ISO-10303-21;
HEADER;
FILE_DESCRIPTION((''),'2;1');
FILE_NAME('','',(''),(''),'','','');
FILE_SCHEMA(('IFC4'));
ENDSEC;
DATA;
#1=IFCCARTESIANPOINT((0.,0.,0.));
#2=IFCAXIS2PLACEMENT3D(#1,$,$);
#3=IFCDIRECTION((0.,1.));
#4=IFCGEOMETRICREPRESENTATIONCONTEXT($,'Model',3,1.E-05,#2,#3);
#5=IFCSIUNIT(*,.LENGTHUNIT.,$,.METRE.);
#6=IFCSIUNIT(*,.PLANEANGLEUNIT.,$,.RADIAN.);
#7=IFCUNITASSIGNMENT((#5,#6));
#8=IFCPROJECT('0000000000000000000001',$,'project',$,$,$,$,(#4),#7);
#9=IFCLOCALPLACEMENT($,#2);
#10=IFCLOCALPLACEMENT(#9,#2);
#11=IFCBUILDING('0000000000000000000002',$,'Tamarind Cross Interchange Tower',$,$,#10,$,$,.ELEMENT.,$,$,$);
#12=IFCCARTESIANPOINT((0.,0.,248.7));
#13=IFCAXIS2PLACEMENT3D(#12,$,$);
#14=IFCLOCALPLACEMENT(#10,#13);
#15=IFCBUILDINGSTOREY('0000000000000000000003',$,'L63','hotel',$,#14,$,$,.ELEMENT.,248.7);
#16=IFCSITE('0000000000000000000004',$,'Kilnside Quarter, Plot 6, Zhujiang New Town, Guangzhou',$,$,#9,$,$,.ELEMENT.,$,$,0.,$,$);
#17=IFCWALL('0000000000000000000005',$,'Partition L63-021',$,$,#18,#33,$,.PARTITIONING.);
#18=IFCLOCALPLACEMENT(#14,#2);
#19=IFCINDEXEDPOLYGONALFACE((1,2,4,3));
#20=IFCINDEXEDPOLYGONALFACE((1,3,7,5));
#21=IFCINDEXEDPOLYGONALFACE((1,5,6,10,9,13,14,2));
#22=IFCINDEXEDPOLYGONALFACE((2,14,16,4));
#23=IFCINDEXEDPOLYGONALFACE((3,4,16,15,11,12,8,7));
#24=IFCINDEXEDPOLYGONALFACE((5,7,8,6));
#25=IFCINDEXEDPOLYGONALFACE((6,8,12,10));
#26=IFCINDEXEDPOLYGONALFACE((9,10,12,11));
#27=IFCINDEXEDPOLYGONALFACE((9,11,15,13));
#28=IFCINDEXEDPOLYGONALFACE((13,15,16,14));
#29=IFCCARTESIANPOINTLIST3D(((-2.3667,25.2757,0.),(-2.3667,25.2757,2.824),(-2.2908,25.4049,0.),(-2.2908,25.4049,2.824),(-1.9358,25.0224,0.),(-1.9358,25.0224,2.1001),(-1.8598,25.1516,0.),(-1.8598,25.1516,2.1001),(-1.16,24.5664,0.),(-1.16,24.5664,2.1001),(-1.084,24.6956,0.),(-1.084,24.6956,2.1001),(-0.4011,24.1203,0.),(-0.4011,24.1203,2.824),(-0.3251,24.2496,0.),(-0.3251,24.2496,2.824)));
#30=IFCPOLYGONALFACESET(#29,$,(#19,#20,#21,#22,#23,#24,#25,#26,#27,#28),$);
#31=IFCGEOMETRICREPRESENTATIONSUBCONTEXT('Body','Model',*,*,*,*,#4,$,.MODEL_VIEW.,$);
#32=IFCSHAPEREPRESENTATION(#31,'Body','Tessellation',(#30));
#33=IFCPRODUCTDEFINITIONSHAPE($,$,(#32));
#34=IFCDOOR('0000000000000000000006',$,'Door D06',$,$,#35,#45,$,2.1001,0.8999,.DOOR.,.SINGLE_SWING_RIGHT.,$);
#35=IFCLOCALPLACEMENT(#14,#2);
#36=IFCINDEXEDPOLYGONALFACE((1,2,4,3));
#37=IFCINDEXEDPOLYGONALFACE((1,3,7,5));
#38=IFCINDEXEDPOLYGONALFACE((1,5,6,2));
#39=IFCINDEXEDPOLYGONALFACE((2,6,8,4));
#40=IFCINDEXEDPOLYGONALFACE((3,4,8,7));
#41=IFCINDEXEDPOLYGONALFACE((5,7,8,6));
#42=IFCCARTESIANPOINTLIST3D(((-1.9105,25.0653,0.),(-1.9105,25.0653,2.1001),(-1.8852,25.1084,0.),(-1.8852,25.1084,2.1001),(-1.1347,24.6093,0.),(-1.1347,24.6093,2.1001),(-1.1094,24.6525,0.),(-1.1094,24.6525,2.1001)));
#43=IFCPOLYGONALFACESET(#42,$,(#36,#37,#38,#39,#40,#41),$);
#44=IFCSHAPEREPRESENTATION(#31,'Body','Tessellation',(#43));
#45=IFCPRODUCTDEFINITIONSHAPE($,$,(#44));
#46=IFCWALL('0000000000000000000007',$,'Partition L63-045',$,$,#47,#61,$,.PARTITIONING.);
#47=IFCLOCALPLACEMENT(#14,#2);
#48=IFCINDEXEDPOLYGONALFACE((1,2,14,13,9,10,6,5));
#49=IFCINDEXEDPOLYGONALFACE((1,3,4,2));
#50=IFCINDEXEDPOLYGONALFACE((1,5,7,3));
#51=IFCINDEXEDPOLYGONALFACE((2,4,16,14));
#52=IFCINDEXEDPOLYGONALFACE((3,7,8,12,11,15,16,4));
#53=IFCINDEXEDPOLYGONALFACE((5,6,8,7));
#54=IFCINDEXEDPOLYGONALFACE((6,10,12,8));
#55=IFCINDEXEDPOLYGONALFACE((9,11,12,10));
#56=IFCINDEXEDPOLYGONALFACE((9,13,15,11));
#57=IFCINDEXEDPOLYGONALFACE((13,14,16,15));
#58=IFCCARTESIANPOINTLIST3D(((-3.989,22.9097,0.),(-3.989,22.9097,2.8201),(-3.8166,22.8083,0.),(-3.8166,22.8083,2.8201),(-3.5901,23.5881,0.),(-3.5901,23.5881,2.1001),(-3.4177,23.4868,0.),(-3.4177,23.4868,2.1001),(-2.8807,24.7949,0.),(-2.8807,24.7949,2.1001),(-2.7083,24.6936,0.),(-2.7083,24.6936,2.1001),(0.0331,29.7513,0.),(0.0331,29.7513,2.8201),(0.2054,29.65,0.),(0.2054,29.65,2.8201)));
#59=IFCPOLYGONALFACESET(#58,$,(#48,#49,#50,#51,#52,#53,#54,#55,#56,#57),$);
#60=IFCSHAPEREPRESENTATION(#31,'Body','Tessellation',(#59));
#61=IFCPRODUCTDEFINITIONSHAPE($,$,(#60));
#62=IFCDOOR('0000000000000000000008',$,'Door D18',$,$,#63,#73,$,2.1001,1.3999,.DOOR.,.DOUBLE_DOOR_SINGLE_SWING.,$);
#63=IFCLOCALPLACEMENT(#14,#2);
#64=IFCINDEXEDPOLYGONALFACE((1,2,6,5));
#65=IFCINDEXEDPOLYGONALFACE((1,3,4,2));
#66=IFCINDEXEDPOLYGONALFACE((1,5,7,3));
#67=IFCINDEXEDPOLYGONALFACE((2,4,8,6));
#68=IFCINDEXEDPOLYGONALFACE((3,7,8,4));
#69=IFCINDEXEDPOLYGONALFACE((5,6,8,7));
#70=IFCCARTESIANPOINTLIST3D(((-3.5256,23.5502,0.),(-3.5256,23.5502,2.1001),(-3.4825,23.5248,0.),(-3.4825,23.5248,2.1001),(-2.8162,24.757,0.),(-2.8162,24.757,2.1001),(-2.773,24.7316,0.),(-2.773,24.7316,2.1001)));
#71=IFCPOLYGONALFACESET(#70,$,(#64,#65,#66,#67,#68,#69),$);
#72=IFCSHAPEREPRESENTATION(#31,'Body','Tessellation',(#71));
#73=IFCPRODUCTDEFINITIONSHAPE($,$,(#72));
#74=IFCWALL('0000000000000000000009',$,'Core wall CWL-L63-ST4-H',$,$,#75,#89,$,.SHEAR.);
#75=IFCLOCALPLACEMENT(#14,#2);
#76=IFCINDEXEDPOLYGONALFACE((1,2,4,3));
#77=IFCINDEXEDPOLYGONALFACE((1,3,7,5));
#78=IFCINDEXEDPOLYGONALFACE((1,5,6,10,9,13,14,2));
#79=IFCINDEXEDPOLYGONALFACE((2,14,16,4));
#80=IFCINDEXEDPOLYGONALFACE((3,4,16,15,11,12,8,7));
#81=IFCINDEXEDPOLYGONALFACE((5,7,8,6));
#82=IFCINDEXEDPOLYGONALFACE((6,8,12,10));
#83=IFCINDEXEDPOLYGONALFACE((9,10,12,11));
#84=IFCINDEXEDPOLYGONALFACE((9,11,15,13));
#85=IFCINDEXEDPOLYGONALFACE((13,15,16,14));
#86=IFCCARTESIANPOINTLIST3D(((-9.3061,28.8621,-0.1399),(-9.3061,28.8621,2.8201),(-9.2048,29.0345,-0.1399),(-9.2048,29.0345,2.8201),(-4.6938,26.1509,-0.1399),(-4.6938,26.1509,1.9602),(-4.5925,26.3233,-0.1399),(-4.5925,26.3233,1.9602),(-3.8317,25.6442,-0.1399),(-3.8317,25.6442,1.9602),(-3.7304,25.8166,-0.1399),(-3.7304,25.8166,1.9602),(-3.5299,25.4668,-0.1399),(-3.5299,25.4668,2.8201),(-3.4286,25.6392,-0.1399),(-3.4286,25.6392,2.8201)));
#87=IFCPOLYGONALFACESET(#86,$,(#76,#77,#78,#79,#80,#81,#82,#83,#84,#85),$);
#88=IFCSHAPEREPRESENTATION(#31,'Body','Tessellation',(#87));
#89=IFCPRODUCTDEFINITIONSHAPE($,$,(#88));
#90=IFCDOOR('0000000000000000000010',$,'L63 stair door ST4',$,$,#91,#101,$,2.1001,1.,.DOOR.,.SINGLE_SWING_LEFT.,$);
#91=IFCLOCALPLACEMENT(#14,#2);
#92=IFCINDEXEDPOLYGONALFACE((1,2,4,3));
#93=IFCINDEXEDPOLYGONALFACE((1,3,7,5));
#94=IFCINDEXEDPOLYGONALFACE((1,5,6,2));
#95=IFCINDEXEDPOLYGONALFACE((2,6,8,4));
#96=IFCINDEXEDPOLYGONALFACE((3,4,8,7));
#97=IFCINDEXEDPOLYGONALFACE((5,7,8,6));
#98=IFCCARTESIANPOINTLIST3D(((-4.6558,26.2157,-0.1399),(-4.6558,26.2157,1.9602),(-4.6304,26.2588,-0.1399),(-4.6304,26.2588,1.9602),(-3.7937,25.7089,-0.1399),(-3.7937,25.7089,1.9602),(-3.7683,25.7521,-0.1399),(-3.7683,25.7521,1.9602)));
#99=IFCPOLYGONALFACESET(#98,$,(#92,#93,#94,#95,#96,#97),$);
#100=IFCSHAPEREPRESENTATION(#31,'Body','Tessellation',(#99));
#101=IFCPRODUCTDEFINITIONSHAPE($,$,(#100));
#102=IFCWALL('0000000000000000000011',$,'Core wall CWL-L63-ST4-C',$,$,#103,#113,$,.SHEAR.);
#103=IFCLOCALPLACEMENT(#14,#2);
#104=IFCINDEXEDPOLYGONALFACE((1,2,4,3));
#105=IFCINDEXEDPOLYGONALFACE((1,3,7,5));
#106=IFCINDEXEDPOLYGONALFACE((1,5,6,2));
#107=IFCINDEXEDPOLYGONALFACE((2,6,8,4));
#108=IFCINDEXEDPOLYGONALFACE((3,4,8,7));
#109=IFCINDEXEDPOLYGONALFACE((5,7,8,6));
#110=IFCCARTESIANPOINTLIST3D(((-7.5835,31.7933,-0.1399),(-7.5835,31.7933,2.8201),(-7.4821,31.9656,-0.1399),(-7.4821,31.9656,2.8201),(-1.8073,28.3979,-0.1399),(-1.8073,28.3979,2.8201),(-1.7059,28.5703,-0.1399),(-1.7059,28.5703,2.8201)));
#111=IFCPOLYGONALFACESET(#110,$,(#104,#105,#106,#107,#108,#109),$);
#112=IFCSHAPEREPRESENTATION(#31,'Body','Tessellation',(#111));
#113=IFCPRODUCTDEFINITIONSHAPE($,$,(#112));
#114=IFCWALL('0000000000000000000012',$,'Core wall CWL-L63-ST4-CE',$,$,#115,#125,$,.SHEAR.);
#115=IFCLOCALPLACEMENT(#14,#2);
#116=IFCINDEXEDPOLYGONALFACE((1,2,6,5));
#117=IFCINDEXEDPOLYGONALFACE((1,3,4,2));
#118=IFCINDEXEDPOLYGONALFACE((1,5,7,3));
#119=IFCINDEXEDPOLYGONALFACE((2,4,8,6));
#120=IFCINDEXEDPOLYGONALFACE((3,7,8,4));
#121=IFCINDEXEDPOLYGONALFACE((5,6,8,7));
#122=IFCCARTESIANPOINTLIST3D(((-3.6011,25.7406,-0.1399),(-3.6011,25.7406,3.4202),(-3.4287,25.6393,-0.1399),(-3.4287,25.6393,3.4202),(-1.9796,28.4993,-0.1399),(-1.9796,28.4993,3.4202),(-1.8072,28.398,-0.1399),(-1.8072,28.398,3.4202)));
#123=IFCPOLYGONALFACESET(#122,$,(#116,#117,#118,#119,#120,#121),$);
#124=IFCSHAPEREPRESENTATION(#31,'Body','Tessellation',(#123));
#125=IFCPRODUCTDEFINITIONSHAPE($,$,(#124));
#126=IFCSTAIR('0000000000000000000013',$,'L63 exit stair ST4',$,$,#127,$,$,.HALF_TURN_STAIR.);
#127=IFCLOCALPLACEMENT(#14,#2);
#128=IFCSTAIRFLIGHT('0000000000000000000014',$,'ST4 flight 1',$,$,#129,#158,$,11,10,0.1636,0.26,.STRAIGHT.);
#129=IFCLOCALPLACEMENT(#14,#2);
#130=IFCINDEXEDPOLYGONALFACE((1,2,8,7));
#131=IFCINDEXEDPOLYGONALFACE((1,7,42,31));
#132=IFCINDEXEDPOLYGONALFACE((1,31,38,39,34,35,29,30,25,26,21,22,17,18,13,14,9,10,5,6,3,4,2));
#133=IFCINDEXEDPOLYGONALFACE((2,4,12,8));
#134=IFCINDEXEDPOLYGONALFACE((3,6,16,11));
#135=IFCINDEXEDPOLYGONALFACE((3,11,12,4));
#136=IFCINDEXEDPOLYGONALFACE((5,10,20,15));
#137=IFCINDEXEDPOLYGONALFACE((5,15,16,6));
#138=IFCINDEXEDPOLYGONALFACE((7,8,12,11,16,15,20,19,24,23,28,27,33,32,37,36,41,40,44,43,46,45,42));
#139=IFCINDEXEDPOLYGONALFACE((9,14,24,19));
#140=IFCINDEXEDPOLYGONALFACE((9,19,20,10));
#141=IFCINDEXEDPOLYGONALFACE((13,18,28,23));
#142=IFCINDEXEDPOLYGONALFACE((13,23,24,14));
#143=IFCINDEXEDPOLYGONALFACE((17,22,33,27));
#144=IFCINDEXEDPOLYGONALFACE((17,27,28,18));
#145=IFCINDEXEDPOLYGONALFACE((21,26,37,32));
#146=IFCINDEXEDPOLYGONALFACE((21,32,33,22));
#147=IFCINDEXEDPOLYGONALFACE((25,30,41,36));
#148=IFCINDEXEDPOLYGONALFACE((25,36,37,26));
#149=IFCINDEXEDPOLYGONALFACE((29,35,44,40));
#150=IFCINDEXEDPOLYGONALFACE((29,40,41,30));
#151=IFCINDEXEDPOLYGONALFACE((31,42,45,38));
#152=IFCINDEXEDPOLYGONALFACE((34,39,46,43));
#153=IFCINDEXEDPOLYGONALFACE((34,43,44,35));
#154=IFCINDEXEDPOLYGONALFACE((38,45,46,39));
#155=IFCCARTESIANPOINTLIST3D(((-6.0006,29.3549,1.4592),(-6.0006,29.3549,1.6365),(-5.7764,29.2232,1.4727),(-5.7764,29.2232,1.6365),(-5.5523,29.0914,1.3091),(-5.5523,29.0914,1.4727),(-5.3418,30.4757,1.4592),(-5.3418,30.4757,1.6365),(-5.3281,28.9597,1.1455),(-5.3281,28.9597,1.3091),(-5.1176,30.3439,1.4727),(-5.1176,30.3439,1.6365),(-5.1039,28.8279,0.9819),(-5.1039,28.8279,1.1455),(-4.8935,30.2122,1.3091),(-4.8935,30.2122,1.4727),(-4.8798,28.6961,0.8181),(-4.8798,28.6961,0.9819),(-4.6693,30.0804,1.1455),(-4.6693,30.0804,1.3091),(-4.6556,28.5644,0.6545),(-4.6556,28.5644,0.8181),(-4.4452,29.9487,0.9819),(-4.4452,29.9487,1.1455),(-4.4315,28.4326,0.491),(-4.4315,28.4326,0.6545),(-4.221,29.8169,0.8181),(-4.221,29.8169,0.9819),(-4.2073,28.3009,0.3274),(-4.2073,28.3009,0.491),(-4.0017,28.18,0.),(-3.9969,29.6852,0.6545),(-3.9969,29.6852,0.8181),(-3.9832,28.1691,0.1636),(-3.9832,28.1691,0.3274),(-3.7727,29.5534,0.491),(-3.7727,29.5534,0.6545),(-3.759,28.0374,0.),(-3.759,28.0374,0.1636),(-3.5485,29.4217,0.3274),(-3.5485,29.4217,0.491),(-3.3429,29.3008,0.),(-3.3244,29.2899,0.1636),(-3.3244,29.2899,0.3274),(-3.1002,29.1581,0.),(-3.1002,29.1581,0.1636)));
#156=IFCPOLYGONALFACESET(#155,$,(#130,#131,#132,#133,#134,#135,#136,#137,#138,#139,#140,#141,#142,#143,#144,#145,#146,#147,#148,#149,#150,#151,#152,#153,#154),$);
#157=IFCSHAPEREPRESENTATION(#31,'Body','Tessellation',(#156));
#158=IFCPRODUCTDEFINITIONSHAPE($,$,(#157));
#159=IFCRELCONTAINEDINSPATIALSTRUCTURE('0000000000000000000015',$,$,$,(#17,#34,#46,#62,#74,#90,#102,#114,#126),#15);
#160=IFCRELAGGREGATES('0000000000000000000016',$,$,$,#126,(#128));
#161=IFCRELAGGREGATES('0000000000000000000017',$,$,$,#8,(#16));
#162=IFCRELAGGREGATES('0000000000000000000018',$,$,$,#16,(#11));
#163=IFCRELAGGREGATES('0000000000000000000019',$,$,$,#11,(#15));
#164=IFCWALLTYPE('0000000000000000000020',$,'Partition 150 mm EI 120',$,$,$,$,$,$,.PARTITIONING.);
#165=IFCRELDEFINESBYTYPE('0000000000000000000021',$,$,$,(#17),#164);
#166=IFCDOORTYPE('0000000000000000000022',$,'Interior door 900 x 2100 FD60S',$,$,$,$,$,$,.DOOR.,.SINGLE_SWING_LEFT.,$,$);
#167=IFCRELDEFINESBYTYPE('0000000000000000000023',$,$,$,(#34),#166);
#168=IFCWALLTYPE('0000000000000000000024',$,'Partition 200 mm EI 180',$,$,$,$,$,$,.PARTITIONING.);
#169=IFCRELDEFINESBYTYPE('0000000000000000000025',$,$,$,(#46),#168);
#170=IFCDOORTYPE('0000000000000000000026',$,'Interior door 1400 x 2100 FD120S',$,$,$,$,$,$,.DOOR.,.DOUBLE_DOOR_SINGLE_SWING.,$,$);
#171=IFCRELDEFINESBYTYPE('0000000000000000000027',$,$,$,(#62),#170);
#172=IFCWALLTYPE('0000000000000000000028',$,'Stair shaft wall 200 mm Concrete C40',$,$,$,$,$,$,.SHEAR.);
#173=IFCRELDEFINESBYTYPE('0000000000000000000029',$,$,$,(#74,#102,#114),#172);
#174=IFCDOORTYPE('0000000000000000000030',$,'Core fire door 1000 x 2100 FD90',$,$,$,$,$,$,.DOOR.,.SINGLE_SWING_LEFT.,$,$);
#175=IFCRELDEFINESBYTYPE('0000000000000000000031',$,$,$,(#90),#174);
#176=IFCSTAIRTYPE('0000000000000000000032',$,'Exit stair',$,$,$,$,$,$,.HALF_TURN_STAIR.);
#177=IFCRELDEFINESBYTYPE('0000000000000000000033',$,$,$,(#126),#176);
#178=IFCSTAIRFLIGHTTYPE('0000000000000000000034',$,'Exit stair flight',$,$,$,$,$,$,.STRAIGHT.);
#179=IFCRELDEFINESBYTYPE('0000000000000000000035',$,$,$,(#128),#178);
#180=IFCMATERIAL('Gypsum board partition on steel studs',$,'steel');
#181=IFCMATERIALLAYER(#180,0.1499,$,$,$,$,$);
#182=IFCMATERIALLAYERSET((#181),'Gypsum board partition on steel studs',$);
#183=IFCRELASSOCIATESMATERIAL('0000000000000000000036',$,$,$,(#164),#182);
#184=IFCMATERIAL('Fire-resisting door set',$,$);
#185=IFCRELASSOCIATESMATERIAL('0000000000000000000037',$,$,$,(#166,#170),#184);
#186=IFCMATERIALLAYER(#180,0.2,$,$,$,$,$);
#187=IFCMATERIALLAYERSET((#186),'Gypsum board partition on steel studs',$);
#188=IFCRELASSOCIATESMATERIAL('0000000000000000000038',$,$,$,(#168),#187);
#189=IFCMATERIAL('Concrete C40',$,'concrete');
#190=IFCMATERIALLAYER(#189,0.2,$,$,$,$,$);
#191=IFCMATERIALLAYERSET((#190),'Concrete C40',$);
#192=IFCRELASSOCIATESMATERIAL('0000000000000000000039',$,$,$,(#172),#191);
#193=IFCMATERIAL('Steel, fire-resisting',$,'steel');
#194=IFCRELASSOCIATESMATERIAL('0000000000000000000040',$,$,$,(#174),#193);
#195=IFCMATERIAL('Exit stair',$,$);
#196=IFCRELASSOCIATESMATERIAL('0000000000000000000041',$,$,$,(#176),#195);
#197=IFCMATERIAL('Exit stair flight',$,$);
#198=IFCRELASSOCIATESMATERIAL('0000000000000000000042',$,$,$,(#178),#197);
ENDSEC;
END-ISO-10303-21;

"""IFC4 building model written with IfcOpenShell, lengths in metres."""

from ifc_helpers import new_model, si_unit, direction, frame, frame_2d, origin, place, context, subcontext, project, spatial, polyline, rectangle, outline, extrude, material, layer, layer_set, type_object, element, fill, aggregate, save


model = new_model("IFC4")

# Units and contexts
model_context = context("Model", 3, precision=1e-05, world=origin(), true_north=direction((0.0, 1.0)))
body_context = subcontext(model_context, "Body", "Model", "MODEL_VIEW")
ifc_project = project(units=[si_unit("LENGTHUNIT", "METRE"), si_unit("PLANEANGLEUNIT", "RADIAN")], contexts=[model_context])

# Site, building, storey
site_placement = place(None, origin())
site = spatial("IfcSite", under=ifc_project, at=site_placement, Name="Kilnside Quarter, Plot 6, Zhujiang New Town, Guangzhou", CompositionType="ELEMENT", RefElevation=0.0)
building_placement = place(site_placement, origin())
building = spatial("IfcBuilding", under=site, at=building_placement, Name="Tamarind Cross Interchange Tower", CompositionType="ELEMENT")
storey_placement = place(building_placement, frame((0.0, 0.0, 248.7)))
storey = spatial("IfcBuildingStorey", under=building, at=storey_placement, Name="L63", Description="hotel", CompositionType="ELEMENT", Elevation=248.7)

# Shared definitions
ifc_material_1 = material(Name="Gypsum board partition on steel studs", Category="steel")
ifc_layer_1 = layer(ifc_material_1, 0.1499)
ifc_layer_set_1 = layer_set([ifc_layer_1], Name="Gypsum board partition on steel studs")
wall_type_1 = type_object("IfcWallType", Name="Partition 150 mm EI 120", PredefinedType="PARTITIONING", material=ifc_layer_set_1)

# Walls, openings, doors
wall_1_placement = place(storey_placement, frame((-2.3289, 25.3403, 0.0), z_axis=(0.0, 0.0, 1.0), x_axis=(0.862116, -0.506711, 0.0)))
wall_1 = element("IfcWall", 1, at=wall_1_placement, inside=storey, type_object=wall_type_1, Name="Partition L63-021", PredefinedType="PARTITIONING", context=body_context, shape_type="SweptSolid", body=[
    extrude(rectangle(XDim=2.28, YDim=0.1499, at=frame_2d((1.1401, 0.0))), origin(), (0.0, 0.0, 1.0), 2.824),
])
opening_1_placement = place(wall_1_placement, frame((0.5, 0.0, 0.0)))
opening_1 = element("IfcOpeningElement", 2, at=opening_1_placement, cuts=wall_1, PredefinedType="OPENING", context=body_context, shape_type="SweptSolid", body=[
    extrude(rectangle(XDim=0.8999, YDim=2.1001, at=frame_2d((0.45, 1.05))), frame((0.0, 0.085, 0.0), z_axis=(0.0, -1.0, 0.0), x_axis=(1.0, 0.0, 0.0)), (0.0, 0.0, 1.0), 0.1699),
])
ifc_material_2 = material(Name="Fire-resisting door set")
door_type_1 = type_object("IfcDoorType", Name="Interior door 900 x 2100 FD60S", OperationType="SINGLE_SWING_LEFT", PredefinedType="DOOR", material=ifc_material_2)
door_1_placement = place(opening_1_placement, origin())
door_1 = element("IfcDoor", 3, at=door_1_placement, inside=storey, type_object=door_type_1, Name="Door D06", OperationType="SINGLE_SWING_RIGHT", OverallHeight=2.1001, OverallWidth=0.8999, PredefinedType="DOOR", context=body_context, shape_type="SweptSolid", body=[
    extrude(rectangle(XDim=0.8999, YDim=2.1001, at=frame_2d((0.45, 1.05))), frame((0.0, 0.0249, 0.0), z_axis=(0.0, -1.0, 0.0), x_axis=(1.0, 0.0, 0.0)), (0.0, 0.0, 1.0), 0.05),
])
fill(opening_1, door_1)
ifc_layer_2 = layer(ifc_material_1, 0.2)
ifc_layer_set_2 = layer_set([ifc_layer_2], Name="Gypsum board partition on steel studs")
wall_type_2 = type_object("IfcWallType", Name="Partition 200 mm EI 180", PredefinedType="PARTITIONING", material=ifc_layer_set_2)
wall_2_placement = place(storey_placement, frame((-3.9028, 22.8589, 0.0), z_axis=(0.0, 0.0, 1.0), x_axis=(0.506789, 0.86207, 0.0)))
wall_2 = element("IfcWall", 4, at=wall_2_placement, inside=storey, type_object=wall_type_2, Name="Partition L63-045", PredefinedType="PARTITIONING", context=body_context, shape_type="SweptSolid", body=[
    extrude(rectangle(XDim=7.9363, YDim=0.2, at=frame_2d((3.9683, 0.0))), origin(), (0.0, 0.0, 1.0), 2.8201),
])
opening_2_placement = place(wall_2_placement, frame((0.7871, 0.0, 0.0)))
opening_2 = element("IfcOpeningElement", 5, at=opening_2_placement, cuts=wall_2, PredefinedType="OPENING", context=body_context, shape_type="SweptSolid", body=[
    extrude(rectangle(XDim=1.3999, YDim=2.1001, at=frame_2d((0.7, 1.05))), frame((0.0, 0.1099, 0.0), z_axis=(0.0, -1.0, 0.0), x_axis=(1.0, 0.0, 0.0)), (0.0, 0.0, 1.0), 0.22),
])
door_type_2 = type_object("IfcDoorType", Name="Interior door 1400 x 2100 FD120S", OperationType="DOUBLE_DOOR_SINGLE_SWING", PredefinedType="DOOR", material=ifc_material_2)
door_2_placement = place(opening_2_placement, frame((1.3999, 0.0, 0.0), z_axis=(0.0, 0.0, 1.0), x_axis=(-1.0, 0.0, 0.0)))
door_2 = element("IfcDoor", 6, at=door_2_placement, inside=storey, type_object=door_type_2, Name="Door D18", OperationType="DOUBLE_DOOR_SINGLE_SWING", OverallHeight=2.1001, OverallWidth=1.3999, PredefinedType="DOOR", context=body_context, shape_type="SweptSolid", body=[
    extrude(rectangle(XDim=1.3999, YDim=2.1001, at=frame_2d((0.7, 1.05))), frame((0.0, 0.0249, 0.0), z_axis=(0.0, -1.0, 0.0), x_axis=(1.0, 0.0, 0.0)), (0.0, 0.0, 1.0), 0.05),
])
fill(opening_2, door_2)
ifc_material_3 = material(Name="Concrete C40", Category="concrete")
ifc_layer_3 = layer(ifc_material_3, 0.2)
ifc_layer_set_3 = layer_set([ifc_layer_3], Name="Concrete C40")
wall_type_3 = type_object("IfcWallType", Name="Stair shaft wall 200 mm Concrete C40", PredefinedType="SHEAR", material=ifc_layer_set_3)
wall_3_placement = place(storey_placement, frame((-3.4792, 25.553, -0.1399), z_axis=(0.0, 0.0, 1.0), x_axis=(-0.862094, 0.506748, 0.0)))
wall_3 = element("IfcWall", 7, at=wall_3_placement, inside=storey, type_object=wall_type_3, Name="Core wall CWL-L63-ST4-H", PredefinedType="SHEAR", context=body_context, shape_type="SweptSolid", body=[
    extrude(rectangle(XDim=6.7002, YDim=0.2, at=frame_2d((3.3501, 0.0))), origin(), (0.0, 0.0, 1.0), 2.96),
])
opening_3_placement = place(wall_3_placement, frame((0.3501, 0.0, 0.0)))
opening_3 = element("IfcOpeningElement", 8, at=opening_3_placement, cuts=wall_3, PredefinedType="OPENING", context=body_context, shape_type="SweptSolid", body=[
    extrude(rectangle(XDim=1.0, YDim=2.1001, at=frame_2d((0.5, 1.05))), frame((0.0, 0.1099, 0.0), z_axis=(0.0, -1.0, 0.0), x_axis=(1.0, 0.0, 0.0)), (0.0, 0.0, 1.0), 0.22),
])
ifc_material_4 = material(Name="Steel, fire-resisting", Category="steel")
door_type_3 = type_object("IfcDoorType", Name="Core fire door 1000 x 2100 FD90", OperationType="SINGLE_SWING_LEFT", PredefinedType="DOOR", material=ifc_material_4)
door_3_placement = place(opening_3_placement, origin())
door_3 = element("IfcDoor", 9, at=door_3_placement, inside=storey, type_object=door_type_3, Name="L63 stair door ST4", OperationType="SINGLE_SWING_LEFT", OverallHeight=2.1001, OverallWidth=1.0, PredefinedType="DOOR", context=body_context, shape_type="SweptSolid", body=[
    extrude(rectangle(XDim=1.0, YDim=2.1001, at=frame_2d((0.5, 1.05))), frame((0.0, 0.0249, 0.0), z_axis=(0.0, -1.0, 0.0), x_axis=(1.0, 0.0, 0.0)), (0.0, 0.0, 1.0), 0.05),
])
fill(opening_3, door_3)

# Walls
wall_4_placement = place(storey_placement, frame((-1.7566, 28.4841, -0.1399), z_axis=(0.0, 0.0, 1.0), x_axis=(-0.862094, 0.506748, 0.0)))
element("IfcWall", 10, at=wall_4_placement, inside=storey, type_object=wall_type_3, Name="Core wall CWL-L63-ST4-C", PredefinedType="SHEAR", context=body_context, shape_type="SweptSolid", body=[
    extrude(rectangle(XDim=6.7002, YDim=0.2, at=frame_2d((3.3501, 0.0))), origin(), (0.0, 0.0, 1.0), 2.96),
])
wall_5_placement = place(storey_placement, frame((-1.8933, 28.4487, -0.1399), z_axis=(0.0, 0.0, 1.0), x_axis=(-0.506733, -0.862103, 0.0)))
element("IfcWall", 11, at=wall_5_placement, inside=storey, type_object=wall_type_3, Name="Core wall CWL-L63-ST4-CE", PredefinedType="SHEAR", context=body_context, shape_type="SweptSolid", body=[
    extrude(rectangle(XDim=3.2, YDim=0.2, at=frame_2d((1.6001, 0.0))), origin(), (0.0, 0.0, 1.0), 3.5601),
])

# Stair, stair flight
ifc_material_5 = material(Name="Exit stair")
stair_type = type_object("IfcStairType", Name="Exit stair", PredefinedType="HALF_TURN_STAIR", material=ifc_material_5)
stair_placement = place(storey_placement, origin())
stair = element("IfcStair", 12, at=stair_placement, inside=storey, type_object=stair_type, Name="L63 exit stair ST4", PredefinedType="HALF_TURN_STAIR")
ifc_material_6 = material(Name="Exit stair flight")
stair_flight_type = type_object("IfcStairFlightType", Name="Exit stair flight", PredefinedType="STRAIGHT", material=ifc_material_6)
stair_flight_1_placement = place(storey_placement, frame((-3.4297, 28.5977, 0.0), z_axis=(0.0, 0.0, 1.0), x_axis=(-0.862104, 0.506732, 0.0)))
stair_flight_1 = element("IfcStairFlight", 13, at=stair_flight_1_placement, type_object=stair_flight_type, Name="ST4 flight 1", NumberOfRisers=11, NumberOfTreads=10, PredefinedType="STRAIGHT", RiserHeight=0.1636, TreadLength=0.26, context=body_context, shape_type="SweptSolid", body=[
    extrude(outline(polyline([(0.0, 0.0), (0.0, 0.1636), (0.26, 0.1636), (0.26, 0.3274), (0.52, 0.3274), (0.52, 0.491), (0.78, 0.491), (0.78, 0.6545), (1.04, 0.6545), (1.04, 0.8181), (1.3, 0.8181), (1.3, 0.9819), (1.5601, 0.9819), (1.5601, 1.1455), (1.8201, 1.1455), (1.8201, 1.3091), (2.0801, 1.3091), (2.0801, 1.4727), (2.3401, 1.4727), (2.3401, 1.6365), (2.6001, 1.6365), (2.6001, 1.8), (2.6001, 1.4592), (0.2815, 0.0), (0.0, 0.0)])), frame((0.0, 0.6499, 0.0), z_axis=(0.0, -1.0, 0.0), x_axis=(1.0, 0.0, 0.0)), (0.0, 0.0, 1.0), 1.3),
])
aggregate(stair, [stair_flight_1])

save(model, "model.ifc")
